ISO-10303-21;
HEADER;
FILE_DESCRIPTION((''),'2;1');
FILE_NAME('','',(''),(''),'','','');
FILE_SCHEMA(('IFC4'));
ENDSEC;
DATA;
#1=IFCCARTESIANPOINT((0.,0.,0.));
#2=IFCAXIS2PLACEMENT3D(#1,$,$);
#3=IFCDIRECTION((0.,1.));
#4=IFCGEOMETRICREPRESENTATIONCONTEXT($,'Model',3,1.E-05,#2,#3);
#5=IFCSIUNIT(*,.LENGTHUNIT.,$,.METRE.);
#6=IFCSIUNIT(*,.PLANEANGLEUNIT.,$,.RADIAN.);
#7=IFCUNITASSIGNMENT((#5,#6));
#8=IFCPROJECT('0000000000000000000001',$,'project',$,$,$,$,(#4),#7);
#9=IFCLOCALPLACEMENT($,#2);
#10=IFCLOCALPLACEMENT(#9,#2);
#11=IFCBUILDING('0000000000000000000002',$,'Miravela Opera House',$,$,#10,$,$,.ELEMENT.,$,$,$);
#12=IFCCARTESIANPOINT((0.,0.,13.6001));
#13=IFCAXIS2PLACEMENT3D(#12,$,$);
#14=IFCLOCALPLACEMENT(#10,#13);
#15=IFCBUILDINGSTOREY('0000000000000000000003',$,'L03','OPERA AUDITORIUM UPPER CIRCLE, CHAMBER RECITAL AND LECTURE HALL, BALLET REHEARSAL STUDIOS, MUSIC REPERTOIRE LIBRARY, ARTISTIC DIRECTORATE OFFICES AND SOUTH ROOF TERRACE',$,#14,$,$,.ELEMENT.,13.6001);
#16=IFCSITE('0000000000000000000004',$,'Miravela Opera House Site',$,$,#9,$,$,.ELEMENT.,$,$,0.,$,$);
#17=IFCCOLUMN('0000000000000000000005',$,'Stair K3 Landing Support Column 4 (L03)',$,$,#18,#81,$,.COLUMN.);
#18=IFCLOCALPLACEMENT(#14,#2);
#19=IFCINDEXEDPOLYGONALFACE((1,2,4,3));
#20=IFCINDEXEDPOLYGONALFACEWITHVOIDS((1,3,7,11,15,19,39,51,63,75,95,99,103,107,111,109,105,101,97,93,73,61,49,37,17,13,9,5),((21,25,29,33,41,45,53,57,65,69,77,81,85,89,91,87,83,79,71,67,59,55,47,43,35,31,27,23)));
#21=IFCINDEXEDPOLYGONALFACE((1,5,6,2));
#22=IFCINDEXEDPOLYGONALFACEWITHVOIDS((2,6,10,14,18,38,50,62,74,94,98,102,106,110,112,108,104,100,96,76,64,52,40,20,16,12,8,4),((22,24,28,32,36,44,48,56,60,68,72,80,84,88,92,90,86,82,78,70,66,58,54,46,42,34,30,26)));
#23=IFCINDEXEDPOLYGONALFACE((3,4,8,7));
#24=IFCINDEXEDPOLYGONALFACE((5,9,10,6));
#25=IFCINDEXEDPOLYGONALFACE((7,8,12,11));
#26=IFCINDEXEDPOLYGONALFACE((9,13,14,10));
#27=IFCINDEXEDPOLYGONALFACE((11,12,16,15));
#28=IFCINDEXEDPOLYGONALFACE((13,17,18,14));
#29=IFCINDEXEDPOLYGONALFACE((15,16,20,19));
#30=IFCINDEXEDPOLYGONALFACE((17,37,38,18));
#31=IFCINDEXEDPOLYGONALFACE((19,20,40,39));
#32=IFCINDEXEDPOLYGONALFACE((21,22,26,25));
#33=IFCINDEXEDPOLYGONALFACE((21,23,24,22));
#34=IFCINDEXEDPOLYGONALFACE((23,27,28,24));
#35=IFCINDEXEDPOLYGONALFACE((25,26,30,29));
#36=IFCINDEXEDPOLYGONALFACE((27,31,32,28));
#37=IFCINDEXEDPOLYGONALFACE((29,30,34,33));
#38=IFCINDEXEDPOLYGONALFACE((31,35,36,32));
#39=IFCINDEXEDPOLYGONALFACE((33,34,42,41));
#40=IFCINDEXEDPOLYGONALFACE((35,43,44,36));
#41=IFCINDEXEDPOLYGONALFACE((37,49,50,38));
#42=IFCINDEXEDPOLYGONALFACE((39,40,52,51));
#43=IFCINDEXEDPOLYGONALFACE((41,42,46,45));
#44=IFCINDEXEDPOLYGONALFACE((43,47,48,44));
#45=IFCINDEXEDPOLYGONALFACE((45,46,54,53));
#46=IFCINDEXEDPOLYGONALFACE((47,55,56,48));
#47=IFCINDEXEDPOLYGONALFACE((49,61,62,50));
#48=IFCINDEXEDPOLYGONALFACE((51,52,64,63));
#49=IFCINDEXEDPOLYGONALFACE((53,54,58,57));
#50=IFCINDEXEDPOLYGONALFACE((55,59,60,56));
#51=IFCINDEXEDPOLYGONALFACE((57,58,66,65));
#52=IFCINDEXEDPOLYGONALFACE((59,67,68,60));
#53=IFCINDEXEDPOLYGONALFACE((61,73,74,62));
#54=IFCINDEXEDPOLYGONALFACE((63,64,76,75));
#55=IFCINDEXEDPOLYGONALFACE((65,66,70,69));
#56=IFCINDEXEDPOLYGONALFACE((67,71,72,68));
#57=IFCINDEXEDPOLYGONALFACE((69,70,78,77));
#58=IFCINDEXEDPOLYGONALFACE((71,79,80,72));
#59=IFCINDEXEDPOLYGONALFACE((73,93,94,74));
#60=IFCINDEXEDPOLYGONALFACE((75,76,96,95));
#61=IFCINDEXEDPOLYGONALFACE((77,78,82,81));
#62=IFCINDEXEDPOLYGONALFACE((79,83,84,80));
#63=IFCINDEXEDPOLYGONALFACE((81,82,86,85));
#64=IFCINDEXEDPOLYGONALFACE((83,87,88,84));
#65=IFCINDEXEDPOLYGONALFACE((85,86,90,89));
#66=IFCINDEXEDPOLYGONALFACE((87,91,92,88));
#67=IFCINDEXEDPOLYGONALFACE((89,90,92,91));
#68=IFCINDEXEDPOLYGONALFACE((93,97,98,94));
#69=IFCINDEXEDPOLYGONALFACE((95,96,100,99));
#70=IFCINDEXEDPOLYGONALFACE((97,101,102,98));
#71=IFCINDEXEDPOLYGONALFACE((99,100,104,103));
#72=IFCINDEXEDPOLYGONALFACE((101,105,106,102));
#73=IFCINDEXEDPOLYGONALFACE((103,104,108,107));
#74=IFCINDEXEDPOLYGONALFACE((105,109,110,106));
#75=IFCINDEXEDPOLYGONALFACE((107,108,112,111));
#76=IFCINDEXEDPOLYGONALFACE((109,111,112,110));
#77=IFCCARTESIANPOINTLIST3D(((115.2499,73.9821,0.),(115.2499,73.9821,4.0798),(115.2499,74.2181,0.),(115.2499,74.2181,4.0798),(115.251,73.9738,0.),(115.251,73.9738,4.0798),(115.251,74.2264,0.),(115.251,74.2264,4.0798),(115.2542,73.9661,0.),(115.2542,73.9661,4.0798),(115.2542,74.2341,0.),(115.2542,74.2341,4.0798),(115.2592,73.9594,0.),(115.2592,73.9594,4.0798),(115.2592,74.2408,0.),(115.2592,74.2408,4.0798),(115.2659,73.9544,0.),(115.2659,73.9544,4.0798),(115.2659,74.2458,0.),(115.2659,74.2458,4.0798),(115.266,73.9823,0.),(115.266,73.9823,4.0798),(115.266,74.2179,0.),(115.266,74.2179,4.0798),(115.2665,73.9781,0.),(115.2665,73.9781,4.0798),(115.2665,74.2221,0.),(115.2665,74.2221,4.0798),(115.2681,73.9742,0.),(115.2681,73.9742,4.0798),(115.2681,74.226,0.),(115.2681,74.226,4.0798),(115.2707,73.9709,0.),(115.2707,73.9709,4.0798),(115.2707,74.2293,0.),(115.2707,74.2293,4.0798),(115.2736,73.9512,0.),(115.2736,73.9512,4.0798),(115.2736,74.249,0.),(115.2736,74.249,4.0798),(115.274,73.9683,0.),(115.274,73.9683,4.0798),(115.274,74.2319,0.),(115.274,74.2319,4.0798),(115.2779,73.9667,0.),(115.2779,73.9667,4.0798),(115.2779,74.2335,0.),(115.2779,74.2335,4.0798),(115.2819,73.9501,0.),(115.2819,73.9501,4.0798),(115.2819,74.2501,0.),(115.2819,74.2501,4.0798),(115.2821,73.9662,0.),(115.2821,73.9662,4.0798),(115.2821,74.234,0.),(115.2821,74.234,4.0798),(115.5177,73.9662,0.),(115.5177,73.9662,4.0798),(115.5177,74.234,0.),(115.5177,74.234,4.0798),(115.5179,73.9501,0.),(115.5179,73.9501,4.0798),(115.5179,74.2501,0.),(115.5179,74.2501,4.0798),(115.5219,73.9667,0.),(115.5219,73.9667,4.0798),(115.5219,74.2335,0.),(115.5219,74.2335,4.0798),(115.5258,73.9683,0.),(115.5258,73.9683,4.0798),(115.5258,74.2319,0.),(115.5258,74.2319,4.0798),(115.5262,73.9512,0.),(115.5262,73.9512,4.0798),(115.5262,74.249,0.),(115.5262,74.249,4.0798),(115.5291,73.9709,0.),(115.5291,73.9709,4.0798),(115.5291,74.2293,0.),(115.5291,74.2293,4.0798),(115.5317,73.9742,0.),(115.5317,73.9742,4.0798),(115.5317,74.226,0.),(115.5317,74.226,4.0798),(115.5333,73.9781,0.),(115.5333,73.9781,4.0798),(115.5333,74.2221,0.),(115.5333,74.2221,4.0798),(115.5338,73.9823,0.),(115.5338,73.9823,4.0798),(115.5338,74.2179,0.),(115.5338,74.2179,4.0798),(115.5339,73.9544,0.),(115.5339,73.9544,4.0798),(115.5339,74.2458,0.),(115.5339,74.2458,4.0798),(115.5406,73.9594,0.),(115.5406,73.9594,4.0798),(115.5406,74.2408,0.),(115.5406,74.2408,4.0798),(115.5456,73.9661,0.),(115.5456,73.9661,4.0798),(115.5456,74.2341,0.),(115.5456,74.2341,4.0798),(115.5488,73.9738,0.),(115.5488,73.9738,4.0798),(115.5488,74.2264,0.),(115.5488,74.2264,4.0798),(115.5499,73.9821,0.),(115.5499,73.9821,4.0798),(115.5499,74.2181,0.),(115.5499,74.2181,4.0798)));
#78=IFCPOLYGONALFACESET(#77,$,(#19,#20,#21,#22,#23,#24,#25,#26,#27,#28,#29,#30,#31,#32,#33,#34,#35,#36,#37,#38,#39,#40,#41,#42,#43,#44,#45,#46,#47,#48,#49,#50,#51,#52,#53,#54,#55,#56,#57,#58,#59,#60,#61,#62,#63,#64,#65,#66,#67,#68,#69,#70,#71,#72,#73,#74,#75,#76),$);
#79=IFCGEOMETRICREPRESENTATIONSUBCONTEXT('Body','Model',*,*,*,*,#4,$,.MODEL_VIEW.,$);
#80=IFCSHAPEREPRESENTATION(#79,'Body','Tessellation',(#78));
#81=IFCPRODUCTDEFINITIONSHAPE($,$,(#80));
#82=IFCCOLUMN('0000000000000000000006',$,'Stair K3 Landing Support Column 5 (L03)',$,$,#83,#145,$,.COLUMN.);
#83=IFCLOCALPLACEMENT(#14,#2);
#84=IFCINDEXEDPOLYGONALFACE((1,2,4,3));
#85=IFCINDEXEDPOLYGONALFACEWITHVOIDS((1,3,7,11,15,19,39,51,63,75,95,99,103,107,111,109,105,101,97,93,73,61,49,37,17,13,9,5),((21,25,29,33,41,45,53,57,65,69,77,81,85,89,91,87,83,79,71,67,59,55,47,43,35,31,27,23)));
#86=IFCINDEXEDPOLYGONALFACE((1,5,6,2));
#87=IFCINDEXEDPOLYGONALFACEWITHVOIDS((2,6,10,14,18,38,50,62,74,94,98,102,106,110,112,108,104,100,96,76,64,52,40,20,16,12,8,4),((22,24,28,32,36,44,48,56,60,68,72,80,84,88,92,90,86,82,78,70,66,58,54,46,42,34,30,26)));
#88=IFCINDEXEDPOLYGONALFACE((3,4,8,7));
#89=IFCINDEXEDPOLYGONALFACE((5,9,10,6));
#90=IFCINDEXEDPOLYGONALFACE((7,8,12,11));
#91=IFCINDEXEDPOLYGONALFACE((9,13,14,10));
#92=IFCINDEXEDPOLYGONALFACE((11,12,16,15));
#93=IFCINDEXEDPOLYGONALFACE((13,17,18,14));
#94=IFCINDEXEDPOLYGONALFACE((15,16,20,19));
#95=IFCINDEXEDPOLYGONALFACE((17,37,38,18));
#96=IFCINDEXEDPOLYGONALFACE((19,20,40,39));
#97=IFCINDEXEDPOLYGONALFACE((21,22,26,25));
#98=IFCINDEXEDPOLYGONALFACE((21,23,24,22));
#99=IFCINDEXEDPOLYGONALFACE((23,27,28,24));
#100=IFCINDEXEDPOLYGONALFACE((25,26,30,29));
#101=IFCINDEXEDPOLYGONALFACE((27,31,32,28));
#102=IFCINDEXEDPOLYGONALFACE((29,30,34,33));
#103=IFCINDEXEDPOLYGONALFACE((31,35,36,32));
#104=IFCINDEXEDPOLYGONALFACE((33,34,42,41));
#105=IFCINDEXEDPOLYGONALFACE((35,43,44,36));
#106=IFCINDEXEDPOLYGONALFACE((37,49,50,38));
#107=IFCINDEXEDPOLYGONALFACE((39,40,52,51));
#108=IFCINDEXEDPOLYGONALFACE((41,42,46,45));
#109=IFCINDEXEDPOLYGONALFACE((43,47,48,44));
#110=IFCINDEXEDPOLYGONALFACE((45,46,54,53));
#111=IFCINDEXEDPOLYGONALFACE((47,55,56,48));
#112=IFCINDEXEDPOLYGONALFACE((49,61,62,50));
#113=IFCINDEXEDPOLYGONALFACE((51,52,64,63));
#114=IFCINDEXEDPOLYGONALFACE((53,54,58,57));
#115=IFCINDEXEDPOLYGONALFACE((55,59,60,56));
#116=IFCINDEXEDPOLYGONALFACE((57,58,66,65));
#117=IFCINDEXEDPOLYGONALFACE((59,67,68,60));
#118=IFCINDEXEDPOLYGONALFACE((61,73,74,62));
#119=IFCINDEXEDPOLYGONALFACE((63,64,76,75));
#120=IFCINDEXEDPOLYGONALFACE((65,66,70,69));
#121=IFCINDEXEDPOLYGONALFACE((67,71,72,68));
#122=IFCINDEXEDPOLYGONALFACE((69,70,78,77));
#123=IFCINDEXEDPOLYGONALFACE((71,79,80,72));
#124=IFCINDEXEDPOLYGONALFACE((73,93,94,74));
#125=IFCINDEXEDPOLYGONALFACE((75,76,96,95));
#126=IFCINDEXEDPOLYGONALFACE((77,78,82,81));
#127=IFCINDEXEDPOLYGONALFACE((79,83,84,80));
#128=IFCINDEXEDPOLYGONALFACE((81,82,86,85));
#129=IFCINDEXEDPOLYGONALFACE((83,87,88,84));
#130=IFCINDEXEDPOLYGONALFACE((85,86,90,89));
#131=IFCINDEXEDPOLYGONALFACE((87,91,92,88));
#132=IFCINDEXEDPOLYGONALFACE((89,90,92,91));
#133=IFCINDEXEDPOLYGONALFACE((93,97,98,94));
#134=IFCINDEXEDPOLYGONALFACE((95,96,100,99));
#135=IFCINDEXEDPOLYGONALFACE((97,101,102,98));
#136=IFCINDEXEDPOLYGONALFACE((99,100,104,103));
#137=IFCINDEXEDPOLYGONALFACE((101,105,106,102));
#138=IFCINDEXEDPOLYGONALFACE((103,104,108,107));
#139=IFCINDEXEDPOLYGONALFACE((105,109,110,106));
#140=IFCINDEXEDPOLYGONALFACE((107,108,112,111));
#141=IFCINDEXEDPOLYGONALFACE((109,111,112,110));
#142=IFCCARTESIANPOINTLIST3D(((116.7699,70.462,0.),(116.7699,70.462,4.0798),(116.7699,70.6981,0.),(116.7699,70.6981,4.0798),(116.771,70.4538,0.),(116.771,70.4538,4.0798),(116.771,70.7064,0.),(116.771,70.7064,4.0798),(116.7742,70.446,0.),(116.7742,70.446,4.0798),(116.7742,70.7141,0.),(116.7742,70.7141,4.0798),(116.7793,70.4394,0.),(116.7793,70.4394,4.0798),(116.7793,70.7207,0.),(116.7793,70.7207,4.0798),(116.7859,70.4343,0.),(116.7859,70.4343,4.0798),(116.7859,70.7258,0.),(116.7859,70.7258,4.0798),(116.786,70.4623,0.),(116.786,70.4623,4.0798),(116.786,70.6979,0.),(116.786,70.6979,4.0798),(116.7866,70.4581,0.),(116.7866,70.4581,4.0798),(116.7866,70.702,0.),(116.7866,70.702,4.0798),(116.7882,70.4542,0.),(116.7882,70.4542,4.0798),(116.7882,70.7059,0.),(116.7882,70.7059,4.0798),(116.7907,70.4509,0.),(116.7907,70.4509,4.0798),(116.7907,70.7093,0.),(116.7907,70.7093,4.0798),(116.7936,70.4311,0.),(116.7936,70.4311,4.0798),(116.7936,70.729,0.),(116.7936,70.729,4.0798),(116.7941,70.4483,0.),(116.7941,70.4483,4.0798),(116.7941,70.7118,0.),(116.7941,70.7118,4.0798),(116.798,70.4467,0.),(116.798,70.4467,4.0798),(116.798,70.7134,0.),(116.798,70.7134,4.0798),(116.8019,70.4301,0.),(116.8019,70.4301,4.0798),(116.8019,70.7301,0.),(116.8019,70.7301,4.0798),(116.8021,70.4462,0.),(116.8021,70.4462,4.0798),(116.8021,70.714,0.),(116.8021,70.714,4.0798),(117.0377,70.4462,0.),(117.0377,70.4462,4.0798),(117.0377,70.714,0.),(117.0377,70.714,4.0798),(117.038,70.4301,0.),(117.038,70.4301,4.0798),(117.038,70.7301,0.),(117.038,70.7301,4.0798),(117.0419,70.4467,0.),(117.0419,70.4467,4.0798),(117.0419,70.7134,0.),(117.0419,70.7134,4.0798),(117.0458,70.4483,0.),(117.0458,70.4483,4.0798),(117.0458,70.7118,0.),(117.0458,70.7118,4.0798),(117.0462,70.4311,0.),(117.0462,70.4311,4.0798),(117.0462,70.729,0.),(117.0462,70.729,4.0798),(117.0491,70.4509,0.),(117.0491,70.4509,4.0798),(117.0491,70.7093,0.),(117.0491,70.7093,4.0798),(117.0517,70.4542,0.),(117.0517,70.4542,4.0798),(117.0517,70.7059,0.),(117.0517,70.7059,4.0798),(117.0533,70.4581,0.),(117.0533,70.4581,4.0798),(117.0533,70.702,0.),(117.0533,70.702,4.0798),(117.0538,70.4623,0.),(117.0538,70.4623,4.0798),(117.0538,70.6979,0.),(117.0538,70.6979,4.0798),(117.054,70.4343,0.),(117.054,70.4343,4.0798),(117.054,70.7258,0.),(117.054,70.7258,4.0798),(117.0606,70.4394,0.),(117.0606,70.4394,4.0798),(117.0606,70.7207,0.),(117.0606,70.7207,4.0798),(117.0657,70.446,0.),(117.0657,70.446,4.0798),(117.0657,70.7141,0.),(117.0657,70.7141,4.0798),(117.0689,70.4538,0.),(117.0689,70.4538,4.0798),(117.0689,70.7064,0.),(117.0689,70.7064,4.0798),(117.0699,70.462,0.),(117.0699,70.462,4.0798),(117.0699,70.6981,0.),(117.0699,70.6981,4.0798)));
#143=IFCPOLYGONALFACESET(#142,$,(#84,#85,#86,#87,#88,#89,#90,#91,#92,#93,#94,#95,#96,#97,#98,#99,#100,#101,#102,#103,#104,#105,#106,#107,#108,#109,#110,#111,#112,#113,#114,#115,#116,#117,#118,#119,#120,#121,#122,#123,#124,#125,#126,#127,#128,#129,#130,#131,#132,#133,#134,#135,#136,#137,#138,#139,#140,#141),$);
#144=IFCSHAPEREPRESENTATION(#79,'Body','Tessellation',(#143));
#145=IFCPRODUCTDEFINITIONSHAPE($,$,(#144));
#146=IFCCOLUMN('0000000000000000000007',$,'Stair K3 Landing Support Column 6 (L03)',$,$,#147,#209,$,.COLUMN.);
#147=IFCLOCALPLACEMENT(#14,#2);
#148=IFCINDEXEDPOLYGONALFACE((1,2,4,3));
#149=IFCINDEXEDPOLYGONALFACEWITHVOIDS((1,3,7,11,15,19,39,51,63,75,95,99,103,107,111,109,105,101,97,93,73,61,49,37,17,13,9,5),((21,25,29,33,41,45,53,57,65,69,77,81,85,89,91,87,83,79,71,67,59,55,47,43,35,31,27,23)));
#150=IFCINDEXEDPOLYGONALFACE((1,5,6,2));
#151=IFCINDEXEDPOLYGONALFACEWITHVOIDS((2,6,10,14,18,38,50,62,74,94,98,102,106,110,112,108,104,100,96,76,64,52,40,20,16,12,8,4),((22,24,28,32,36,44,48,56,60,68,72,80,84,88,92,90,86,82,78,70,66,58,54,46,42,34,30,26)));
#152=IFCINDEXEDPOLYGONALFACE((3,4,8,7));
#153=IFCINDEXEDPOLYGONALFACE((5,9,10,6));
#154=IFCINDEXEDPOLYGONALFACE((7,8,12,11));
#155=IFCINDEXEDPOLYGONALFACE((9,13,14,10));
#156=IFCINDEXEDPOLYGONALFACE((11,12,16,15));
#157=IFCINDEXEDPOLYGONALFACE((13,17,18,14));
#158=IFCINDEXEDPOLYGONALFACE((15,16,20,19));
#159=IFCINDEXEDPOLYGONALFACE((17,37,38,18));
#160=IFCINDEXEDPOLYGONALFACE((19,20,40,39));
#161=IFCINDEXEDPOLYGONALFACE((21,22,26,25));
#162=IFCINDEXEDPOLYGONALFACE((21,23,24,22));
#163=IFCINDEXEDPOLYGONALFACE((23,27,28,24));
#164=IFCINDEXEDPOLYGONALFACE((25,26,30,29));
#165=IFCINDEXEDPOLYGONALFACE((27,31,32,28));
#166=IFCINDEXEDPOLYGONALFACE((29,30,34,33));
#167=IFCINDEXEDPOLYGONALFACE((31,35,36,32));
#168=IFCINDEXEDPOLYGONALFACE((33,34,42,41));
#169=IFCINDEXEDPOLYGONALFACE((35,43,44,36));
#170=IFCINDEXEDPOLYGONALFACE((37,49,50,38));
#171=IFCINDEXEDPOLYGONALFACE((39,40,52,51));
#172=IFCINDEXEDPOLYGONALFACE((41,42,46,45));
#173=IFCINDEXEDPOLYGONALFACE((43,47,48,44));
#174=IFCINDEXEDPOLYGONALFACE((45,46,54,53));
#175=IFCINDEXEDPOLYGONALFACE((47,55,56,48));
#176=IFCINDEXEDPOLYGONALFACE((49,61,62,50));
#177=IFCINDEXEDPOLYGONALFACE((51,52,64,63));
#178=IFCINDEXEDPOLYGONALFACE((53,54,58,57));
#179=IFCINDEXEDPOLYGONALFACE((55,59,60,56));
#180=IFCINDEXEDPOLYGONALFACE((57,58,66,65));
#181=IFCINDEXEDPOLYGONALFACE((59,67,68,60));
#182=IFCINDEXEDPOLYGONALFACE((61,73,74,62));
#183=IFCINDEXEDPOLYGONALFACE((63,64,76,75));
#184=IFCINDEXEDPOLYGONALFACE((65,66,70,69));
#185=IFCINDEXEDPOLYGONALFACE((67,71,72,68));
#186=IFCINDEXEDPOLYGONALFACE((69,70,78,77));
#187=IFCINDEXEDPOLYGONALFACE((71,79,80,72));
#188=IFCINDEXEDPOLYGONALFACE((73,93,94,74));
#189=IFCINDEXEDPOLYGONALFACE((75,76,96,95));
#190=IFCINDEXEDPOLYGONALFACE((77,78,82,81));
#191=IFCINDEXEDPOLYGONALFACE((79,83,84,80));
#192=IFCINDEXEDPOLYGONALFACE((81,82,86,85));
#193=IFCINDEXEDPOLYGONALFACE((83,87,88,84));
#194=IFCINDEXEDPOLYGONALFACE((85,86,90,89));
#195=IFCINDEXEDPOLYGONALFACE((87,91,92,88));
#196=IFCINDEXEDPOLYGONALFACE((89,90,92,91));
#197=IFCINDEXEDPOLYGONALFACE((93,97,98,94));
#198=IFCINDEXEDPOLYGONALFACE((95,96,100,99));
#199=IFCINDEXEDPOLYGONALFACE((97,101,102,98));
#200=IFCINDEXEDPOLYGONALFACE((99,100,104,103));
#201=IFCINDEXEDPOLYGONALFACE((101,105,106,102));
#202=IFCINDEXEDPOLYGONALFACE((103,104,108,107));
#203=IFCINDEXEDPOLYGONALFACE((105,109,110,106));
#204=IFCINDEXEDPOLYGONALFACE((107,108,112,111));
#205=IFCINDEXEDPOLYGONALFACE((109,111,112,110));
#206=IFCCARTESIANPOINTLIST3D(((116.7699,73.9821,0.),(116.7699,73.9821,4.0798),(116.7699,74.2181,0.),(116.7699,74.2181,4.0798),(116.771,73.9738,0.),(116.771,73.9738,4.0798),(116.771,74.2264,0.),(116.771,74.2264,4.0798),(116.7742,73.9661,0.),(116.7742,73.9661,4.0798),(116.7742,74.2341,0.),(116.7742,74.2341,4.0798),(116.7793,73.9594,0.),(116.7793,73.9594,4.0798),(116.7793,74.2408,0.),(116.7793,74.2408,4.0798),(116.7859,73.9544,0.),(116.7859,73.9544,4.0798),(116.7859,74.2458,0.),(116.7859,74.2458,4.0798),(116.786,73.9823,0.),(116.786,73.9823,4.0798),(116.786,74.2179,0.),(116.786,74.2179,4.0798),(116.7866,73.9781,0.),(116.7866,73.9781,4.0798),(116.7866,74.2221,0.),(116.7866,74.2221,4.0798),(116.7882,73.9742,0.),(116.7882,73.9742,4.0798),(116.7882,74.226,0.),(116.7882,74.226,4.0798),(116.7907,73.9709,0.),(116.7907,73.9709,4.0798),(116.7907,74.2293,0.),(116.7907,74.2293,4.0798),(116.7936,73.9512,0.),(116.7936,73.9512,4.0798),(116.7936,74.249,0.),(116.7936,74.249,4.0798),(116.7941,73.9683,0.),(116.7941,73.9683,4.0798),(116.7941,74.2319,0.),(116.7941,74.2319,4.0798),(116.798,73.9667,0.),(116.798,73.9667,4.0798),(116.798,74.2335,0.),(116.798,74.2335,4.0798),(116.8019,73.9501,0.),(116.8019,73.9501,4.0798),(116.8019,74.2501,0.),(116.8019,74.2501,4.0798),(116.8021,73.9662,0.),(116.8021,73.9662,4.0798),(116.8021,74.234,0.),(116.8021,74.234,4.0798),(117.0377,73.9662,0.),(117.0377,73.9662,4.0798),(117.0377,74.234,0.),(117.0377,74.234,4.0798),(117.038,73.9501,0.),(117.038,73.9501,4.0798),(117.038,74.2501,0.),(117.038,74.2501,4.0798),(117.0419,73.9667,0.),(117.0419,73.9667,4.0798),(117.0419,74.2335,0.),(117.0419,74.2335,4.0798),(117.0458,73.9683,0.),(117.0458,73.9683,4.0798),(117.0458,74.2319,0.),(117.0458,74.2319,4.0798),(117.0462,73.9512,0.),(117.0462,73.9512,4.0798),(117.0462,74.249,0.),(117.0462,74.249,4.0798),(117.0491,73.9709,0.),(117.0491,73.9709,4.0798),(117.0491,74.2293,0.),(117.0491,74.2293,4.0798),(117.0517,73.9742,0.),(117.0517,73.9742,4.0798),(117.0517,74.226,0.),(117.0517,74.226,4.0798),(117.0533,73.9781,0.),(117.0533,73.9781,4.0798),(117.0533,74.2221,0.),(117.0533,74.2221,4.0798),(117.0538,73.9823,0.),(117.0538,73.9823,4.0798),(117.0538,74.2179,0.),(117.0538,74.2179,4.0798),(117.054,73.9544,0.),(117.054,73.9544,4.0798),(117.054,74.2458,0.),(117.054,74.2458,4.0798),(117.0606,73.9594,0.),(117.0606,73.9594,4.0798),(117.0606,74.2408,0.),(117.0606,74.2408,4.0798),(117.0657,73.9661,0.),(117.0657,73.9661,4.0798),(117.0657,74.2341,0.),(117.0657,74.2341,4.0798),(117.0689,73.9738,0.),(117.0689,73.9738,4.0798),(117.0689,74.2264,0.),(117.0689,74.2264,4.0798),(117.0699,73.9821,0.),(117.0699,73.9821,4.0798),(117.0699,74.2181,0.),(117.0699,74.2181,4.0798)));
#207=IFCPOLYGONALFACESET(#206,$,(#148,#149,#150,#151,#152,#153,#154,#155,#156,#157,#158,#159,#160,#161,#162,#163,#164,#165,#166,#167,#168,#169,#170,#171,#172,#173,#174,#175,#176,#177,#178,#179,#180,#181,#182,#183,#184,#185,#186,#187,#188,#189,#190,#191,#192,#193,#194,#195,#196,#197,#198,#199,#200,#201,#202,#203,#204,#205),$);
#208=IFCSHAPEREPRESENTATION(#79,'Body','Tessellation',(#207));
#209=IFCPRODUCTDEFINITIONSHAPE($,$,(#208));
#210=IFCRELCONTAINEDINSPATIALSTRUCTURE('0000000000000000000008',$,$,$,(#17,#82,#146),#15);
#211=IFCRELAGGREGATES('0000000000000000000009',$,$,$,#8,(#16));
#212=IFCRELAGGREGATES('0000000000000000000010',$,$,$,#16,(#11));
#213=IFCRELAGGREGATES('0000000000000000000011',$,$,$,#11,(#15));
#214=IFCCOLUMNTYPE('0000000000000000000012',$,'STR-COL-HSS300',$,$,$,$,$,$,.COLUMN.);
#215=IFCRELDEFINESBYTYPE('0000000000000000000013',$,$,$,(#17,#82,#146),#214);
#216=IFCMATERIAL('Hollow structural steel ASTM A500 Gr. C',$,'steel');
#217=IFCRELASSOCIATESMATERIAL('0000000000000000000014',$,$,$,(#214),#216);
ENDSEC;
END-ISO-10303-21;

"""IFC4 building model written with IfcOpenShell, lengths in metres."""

from ifc_helpers import new_model, si_unit, direction, frame, origin, origin_2d, place, context, subcontext, project, spatial, hollow_rectangle, extrude, material, material_profile, profile_set, type_object, element, save


model = new_model("IFC4")

# Units and contexts
model_context = context("Model", 3, precision=1e-05, world=origin(), true_north=direction((0.0, 1.0)))
body_context = subcontext(model_context, "Body", "Model", "MODEL_VIEW")
ifc_project = project(units=[si_unit("LENGTHUNIT", "METRE"), si_unit("PLANEANGLEUNIT", "RADIAN")], contexts=[model_context])

# Site, building, storey
site_placement = place(None, origin())
site = spatial("IfcSite", under=ifc_project, at=site_placement, Name="Miravela Opera House Site", CompositionType="ELEMENT", RefElevation=0.0)
building_placement = place(site_placement, origin())
building = spatial("IfcBuilding", under=site, at=building_placement, Name="Miravela Opera House", CompositionType="ELEMENT")
storey_placement = place(building_placement, frame((0.0, 0.0, 13.6001)))
storey = spatial("IfcBuildingStorey", under=building, at=storey_placement, Name="L03", Description="OPERA AUDITORIUM UPPER CIRCLE, CHAMBER RECITAL AND LECTURE HALL, BALLET REHEARSAL STUDIOS, MUSIC REPERTOIRE LIBRARY, ARTISTIC DIRECTORATE OFFICES AND SOUTH ROOF TERRACE", CompositionType="ELEMENT", Elevation=13.6001)

# Columns
ifc_material_1 = material(Name="Hollow structural steel ASTM A500 Gr. C", Category="steel")
ifc_material_profile_1 = material_profile(ifc_material_1, hollow_rectangle(XDim=0.3, YDim=0.3, WallThickness=0.0161, InnerFilletRadius=0.0161, OuterFilletRadius=0.032, at=origin_2d()), Name="HSS300X300X16")
ifc_profile_set_1 = profile_set([ifc_material_profile_1])
column_type = type_object("IfcColumnType", Name="STR-COL-HSS300", PredefinedType="COLUMN", material=ifc_profile_set_1)
for number, where, z_axis, x_axis, name in (
    (1, (115.3999, 74.1001, 0.0), (0.0, 0.0, 1.0), (1.0, 0.0, 0.0), "Stair K3 Landing Support Column 4 (L03)"),
    (2, (116.9199, 70.5801, 0.0), (0.0, 0.0, 1.0), (1.0, 0.0, 0.0), "Stair K3 Landing Support Column 5 (L03)"),
    (3, (116.9199, 74.1001, 0.0), (0.0, 0.0, 1.0), (1.0, 0.0, 0.0), "Stair K3 Landing Support Column 6 (L03)"),
):
    element("IfcColumn", number, at=place(storey_placement, frame(where, z_axis=z_axis, x_axis=x_axis)), inside=storey, type_object=column_type, Name=name, PredefinedType="COLUMN", context=body_context, shape_type="SweptSolid", body=[
        extrude(hollow_rectangle(XDim=0.3, YDim=0.3, WallThickness=0.0161, InnerFilletRadius=0.0161, OuterFilletRadius=0.032, at=origin_2d()), origin(), (0.0, 0.0, 1.0), 4.0798),
    ])

save(model, "model.ifc")
